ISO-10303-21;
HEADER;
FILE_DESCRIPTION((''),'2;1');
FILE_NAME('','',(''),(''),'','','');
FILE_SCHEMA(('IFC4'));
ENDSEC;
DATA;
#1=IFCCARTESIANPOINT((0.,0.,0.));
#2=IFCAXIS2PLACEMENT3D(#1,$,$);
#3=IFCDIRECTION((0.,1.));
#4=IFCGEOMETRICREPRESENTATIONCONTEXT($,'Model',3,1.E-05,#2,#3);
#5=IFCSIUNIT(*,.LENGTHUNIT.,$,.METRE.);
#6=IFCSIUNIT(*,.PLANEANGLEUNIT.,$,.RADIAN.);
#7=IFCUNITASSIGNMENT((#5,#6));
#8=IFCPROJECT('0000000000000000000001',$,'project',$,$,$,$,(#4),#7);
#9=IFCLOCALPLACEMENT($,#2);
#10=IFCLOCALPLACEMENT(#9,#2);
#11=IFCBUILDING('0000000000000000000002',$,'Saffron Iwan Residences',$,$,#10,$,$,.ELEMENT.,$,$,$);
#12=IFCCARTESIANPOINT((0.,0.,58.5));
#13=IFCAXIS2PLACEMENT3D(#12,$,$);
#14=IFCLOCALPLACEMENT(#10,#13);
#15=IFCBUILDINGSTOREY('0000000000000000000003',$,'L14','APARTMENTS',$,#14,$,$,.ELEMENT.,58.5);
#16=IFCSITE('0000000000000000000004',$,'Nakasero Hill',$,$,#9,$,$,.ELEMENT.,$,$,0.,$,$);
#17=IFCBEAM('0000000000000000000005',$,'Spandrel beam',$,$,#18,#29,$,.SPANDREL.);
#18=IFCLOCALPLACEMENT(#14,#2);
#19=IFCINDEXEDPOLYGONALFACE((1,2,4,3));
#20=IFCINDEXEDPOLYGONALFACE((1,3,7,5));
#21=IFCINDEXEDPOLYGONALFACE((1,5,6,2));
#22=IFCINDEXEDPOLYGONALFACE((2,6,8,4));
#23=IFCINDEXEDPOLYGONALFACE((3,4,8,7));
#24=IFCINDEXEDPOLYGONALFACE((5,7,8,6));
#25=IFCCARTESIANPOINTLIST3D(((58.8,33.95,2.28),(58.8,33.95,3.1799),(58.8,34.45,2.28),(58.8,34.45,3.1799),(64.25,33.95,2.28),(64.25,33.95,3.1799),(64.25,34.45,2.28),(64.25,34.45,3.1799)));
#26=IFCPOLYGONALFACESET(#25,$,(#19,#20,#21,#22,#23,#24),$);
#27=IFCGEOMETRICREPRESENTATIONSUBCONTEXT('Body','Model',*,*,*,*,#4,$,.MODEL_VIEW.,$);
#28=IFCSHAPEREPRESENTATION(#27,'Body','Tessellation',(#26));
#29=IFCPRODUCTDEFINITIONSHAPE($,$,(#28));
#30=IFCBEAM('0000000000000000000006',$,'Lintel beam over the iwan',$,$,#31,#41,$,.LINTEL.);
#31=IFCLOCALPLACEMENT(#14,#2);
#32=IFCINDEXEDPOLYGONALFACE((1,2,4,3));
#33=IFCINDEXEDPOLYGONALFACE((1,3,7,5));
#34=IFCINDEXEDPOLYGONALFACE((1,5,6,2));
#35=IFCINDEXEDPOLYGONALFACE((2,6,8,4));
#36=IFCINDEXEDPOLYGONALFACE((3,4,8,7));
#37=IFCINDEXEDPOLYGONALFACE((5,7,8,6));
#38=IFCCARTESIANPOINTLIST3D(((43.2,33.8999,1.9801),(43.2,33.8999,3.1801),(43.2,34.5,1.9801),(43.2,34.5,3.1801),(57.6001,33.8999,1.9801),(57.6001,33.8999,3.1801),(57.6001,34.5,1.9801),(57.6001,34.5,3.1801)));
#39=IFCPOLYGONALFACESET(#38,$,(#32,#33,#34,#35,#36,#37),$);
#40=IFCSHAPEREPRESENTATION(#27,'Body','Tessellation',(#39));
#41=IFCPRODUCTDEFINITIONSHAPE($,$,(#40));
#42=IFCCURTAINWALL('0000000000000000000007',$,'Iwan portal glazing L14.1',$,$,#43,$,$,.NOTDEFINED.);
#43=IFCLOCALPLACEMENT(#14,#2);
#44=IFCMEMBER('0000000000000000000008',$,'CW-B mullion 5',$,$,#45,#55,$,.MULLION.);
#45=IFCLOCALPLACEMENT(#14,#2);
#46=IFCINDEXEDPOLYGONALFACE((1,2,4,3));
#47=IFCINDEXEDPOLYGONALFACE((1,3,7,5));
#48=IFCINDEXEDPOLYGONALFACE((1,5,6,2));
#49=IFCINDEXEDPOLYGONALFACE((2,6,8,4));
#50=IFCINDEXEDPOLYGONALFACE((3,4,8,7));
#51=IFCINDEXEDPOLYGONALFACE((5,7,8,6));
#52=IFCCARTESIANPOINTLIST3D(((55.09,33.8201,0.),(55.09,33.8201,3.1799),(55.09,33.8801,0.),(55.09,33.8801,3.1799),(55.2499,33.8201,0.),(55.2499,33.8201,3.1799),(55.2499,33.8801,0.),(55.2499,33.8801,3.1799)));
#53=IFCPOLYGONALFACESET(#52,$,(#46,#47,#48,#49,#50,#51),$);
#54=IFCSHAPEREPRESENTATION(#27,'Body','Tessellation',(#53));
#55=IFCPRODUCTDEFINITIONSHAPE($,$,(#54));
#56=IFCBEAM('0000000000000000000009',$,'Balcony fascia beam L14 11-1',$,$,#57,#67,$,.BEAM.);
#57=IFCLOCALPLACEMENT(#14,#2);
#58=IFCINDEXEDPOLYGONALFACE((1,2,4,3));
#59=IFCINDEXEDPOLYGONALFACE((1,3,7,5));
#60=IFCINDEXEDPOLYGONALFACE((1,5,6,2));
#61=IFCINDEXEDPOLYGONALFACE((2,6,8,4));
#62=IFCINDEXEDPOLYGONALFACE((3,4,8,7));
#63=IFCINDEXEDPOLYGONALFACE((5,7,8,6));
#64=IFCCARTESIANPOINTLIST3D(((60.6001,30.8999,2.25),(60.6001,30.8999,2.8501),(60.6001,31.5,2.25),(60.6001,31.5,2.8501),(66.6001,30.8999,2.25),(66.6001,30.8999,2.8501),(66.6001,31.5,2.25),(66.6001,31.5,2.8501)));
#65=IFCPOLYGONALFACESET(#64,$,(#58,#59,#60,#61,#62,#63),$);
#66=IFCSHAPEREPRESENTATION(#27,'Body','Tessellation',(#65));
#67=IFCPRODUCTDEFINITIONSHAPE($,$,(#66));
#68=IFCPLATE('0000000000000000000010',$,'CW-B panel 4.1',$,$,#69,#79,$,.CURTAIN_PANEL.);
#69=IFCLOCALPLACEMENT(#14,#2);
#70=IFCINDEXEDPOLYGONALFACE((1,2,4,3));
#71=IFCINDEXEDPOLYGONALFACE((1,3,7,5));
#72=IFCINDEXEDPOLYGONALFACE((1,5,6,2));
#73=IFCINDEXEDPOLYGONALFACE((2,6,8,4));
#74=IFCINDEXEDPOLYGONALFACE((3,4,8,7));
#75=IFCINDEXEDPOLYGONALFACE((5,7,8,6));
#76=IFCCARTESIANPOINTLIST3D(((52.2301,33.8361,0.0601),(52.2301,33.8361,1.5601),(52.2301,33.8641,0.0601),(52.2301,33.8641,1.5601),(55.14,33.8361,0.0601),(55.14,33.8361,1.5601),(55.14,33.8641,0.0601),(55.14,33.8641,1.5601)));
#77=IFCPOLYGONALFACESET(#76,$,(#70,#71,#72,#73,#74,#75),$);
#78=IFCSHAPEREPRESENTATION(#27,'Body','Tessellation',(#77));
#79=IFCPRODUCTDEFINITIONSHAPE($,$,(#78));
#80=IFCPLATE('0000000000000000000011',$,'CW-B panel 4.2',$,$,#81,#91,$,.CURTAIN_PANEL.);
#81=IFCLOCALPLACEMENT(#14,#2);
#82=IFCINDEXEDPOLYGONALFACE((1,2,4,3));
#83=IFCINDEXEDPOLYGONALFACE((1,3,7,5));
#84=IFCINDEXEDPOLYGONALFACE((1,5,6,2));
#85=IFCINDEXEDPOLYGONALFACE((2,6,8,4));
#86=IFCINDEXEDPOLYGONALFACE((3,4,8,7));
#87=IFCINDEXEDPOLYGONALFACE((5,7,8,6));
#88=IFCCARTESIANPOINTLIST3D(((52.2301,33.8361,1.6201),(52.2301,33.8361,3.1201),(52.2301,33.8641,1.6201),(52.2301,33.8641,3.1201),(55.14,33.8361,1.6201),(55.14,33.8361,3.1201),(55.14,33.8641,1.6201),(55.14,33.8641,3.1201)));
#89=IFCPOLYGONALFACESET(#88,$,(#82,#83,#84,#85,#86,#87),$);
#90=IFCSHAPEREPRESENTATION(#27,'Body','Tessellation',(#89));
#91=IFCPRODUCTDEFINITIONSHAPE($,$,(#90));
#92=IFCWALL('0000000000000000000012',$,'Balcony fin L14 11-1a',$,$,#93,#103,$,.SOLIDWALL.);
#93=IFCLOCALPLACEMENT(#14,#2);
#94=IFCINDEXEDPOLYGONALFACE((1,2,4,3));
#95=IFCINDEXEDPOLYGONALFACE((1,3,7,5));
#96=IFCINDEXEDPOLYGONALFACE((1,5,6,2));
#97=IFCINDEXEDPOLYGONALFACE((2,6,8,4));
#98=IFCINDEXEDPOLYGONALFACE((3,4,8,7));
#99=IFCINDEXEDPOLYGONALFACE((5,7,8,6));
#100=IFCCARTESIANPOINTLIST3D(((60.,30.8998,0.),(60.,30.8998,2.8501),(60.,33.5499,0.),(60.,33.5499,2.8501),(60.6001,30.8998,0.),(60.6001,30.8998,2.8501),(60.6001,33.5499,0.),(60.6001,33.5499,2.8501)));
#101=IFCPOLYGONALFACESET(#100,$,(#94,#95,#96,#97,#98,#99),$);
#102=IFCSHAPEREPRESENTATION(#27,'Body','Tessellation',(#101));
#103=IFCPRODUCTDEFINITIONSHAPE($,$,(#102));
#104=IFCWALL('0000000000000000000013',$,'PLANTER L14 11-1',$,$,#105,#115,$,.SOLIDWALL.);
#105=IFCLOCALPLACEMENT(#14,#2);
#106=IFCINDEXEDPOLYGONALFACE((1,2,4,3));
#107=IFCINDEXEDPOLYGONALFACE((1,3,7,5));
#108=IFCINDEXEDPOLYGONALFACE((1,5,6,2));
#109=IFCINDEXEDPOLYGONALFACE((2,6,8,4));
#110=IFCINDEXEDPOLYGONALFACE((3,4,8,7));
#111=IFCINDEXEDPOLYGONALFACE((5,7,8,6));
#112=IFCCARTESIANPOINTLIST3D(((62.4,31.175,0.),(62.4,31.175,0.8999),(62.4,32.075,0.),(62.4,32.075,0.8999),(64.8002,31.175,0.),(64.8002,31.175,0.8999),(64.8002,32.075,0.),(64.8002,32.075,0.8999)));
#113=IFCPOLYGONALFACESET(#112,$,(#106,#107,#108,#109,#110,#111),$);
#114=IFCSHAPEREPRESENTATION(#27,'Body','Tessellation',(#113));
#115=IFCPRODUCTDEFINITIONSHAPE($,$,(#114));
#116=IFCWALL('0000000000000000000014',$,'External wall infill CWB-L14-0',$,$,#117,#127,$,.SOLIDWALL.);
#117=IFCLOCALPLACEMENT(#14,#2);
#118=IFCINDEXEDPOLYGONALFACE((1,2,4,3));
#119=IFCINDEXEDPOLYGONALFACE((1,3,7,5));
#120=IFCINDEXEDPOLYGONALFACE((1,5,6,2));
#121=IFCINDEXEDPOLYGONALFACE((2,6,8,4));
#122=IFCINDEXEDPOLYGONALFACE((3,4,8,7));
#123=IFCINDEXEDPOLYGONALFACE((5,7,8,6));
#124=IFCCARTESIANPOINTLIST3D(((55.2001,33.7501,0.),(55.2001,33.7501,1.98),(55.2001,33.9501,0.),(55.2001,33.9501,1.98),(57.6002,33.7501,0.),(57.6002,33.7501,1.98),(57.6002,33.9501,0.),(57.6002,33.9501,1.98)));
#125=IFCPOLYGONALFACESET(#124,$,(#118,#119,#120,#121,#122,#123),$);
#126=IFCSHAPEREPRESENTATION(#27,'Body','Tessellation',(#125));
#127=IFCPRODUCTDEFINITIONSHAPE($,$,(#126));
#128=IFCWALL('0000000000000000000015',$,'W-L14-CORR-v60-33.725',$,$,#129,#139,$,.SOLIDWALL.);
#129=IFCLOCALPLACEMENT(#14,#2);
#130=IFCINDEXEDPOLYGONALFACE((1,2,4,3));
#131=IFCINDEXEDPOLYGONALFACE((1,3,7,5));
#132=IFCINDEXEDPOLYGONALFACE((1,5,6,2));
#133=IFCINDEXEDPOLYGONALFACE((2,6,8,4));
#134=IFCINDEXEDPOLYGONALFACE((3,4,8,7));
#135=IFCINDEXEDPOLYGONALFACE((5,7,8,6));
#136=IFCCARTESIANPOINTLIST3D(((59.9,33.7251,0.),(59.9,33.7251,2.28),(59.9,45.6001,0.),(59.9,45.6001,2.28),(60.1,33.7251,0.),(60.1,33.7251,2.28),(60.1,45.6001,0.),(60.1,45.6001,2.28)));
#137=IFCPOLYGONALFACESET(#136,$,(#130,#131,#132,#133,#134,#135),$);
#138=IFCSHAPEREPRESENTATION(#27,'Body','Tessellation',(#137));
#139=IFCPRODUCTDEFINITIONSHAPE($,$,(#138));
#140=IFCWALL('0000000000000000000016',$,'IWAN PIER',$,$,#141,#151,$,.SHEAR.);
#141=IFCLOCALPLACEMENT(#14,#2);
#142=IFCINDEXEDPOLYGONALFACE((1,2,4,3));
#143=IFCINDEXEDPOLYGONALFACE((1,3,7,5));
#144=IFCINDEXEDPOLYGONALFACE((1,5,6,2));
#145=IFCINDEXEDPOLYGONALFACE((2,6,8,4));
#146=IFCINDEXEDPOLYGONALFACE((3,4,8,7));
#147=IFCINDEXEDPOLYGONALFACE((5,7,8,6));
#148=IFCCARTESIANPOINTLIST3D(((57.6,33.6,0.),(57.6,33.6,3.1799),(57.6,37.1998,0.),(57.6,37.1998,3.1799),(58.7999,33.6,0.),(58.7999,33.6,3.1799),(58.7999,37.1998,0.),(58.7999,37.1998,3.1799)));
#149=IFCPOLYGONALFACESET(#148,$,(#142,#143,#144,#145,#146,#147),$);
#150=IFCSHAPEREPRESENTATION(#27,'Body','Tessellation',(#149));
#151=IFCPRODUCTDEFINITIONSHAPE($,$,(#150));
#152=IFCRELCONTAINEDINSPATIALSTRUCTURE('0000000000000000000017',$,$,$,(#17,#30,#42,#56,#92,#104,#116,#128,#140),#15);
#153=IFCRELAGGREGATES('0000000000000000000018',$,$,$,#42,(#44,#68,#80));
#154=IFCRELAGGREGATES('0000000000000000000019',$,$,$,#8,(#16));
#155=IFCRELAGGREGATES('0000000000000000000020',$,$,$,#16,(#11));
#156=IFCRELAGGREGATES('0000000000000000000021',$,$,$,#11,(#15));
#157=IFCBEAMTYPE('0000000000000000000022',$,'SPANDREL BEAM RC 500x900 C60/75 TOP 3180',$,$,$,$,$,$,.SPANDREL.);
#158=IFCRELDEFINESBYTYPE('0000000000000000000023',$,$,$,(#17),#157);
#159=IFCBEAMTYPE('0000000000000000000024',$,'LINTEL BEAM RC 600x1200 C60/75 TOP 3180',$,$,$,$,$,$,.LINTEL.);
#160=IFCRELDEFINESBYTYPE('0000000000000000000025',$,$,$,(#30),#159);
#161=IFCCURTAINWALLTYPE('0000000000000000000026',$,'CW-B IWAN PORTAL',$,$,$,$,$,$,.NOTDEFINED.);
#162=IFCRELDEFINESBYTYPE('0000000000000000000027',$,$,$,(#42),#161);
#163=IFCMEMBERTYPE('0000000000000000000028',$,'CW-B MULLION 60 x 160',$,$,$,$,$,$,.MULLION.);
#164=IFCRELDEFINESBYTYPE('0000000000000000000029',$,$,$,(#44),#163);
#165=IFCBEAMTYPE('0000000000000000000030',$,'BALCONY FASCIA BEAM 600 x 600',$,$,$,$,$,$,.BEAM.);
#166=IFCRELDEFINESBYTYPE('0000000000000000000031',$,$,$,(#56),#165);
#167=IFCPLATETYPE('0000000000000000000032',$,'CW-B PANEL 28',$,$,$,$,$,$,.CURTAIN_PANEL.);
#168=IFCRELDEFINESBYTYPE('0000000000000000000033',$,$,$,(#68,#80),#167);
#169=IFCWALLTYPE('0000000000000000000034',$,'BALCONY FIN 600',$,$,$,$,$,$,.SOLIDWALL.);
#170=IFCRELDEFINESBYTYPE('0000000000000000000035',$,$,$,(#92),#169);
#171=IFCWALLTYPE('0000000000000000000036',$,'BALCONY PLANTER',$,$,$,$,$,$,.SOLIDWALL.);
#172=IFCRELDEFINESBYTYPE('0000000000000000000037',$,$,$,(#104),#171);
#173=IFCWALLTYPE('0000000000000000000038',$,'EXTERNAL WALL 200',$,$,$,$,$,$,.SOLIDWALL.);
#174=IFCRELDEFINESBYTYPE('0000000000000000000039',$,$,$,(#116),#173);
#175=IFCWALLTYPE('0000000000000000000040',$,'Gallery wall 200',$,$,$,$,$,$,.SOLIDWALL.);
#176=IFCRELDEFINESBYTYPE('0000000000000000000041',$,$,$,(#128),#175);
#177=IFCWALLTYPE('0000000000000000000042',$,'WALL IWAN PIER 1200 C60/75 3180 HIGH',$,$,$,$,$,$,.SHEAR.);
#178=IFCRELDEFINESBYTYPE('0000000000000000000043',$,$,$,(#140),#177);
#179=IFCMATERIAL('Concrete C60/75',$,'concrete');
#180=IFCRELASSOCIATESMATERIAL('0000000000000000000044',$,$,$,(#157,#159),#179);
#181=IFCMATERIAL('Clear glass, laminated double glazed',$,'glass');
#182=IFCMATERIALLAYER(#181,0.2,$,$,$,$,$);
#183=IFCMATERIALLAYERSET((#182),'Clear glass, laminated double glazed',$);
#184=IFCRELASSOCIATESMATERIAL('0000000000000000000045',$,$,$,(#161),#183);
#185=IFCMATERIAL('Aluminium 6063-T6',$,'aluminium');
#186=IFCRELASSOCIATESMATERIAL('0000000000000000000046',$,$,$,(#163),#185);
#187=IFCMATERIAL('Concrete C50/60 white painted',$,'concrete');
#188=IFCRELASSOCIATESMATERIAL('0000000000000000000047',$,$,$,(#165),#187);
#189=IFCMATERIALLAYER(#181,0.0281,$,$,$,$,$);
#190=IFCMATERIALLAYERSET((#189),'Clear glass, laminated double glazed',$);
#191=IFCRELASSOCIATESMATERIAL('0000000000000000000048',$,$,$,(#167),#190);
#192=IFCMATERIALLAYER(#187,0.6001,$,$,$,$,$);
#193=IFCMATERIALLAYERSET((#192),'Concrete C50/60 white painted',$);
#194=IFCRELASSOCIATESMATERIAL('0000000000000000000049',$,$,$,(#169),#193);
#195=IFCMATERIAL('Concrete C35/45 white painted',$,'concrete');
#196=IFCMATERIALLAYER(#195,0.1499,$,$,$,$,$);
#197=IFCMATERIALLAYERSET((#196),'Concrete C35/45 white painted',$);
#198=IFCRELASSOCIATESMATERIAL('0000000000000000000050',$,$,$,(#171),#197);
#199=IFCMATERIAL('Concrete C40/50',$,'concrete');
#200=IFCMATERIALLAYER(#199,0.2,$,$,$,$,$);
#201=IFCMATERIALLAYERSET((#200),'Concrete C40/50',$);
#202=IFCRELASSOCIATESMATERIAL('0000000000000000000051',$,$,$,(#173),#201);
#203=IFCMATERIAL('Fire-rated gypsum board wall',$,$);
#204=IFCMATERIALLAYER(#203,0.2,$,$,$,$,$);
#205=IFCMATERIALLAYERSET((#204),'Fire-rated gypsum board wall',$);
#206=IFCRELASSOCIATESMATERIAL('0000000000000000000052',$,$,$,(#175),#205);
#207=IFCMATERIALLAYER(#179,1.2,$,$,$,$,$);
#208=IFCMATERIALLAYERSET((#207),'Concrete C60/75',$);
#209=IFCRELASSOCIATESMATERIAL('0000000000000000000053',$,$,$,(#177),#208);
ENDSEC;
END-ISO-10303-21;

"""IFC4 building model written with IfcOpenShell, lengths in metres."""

from ifc_helpers import new_model, si_unit, direction, frame, frame_2d, origin, origin_2d, place, context, subcontext, project, spatial, rectangle, extrude, source, transform, mapped, material, layer, layer_set, material_profile, profile_set, type_object, element, aggregate, save


model = new_model("IFC4")

# Units and contexts
model_context = context("Model", 3, precision=1e-05, world=origin(), true_north=direction((0.0, 1.0)))
body_context = subcontext(model_context, "Body", "Model", "MODEL_VIEW")
ifc_project = project(units=[si_unit("LENGTHUNIT", "METRE"), si_unit("PLANEANGLEUNIT", "RADIAN")], contexts=[model_context])

# Site, building, storey
site_placement = place(None, origin())
site = spatial("IfcSite", under=ifc_project, at=site_placement, Name="Nakasero Hill", CompositionType="ELEMENT", RefElevation=0.0)
building_placement = place(site_placement, origin())
building = spatial("IfcBuilding", under=site, at=building_placement, Name="Saffron Iwan Residences", CompositionType="ELEMENT")
storey_placement = place(building_placement, frame((0.0, 0.0, 58.5)))
storey = spatial("IfcBuildingStorey", under=building, at=storey_placement, Name="L14", Description="APARTMENTS", CompositionType="ELEMENT", Elevation=58.5)

# Beams
ifc_material_1 = material(Name="Concrete C60/75", Category="concrete")
ifc_material_profile_1 = material_profile(ifc_material_1, rectangle(XDim=0.5, YDim=0.8999, at=origin_2d()), Name="RC 500x900")
ifc_profile_set_1 = profile_set([ifc_material_profile_1], Name="Concrete C60/75")
beam_type_1 = type_object("IfcBeamType", Name="SPANDREL BEAM RC 500x900 C60/75 TOP 3180", PredefinedType="SPANDREL", material=ifc_profile_set_1)
shared_shape_1 = source(origin(), body_context, "Body", "SweptSolid", [
    extrude(rectangle(XDim=0.5, YDim=0.8999, at=origin_2d()), origin(), (0.0, 0.0, 1.0), 5.45),
])
beam_1_placement = place(storey_placement, frame((64.25, 34.2, 2.73), z_axis=(-1.0, 0.0, 0.0), x_axis=(0.0, -1.0, 0.0)))
element("IfcBeam", 1, at=beam_1_placement, inside=storey, type_object=beam_type_1, Name="Spandrel beam", PredefinedType="SPANDREL", context=body_context, shape_type="MappedRepresentation", body=[
    mapped(shared_shape_1, transform((0.0, 0.0, 0.0))),
])
ifc_material_profile_2 = material_profile(ifc_material_1, rectangle(XDim=0.6001, YDim=1.2, at=origin_2d()), Name="RC 600x1200")
ifc_profile_set_2 = profile_set([ifc_material_profile_2], Name="Concrete C60/75")
beam_type_2 = type_object("IfcBeamType", Name="LINTEL BEAM RC 600x1200 C60/75 TOP 3180", PredefinedType="LINTEL", material=ifc_profile_set_2)
shared_shape_2 = source(origin(), body_context, "Body", "SweptSolid", [
    extrude(rectangle(XDim=0.6001, YDim=1.2, at=origin_2d()), origin(), (0.0, 0.0, 1.0), 14.4001),
])
beam_2_placement = place(storey_placement, frame((57.6001, 34.2, 2.5801), z_axis=(-1.0, 0.0, 0.0), x_axis=(0.0, -1.0, 0.0)))
element("IfcBeam", 2, at=beam_2_placement, inside=storey, type_object=beam_type_2, Name="Lintel beam over the iwan", PredefinedType="LINTEL", context=body_context, shape_type="MappedRepresentation", body=[
    mapped(shared_shape_2, transform((0.0, 0.0, 0.0))),
])

# Curtain wall, member
ifc_material_2 = material(Name="Clear glass, laminated double glazed", Category="glass")
ifc_layer_1 = layer(ifc_material_2, 0.2)
ifc_layer_set_1 = layer_set([ifc_layer_1], Name="Clear glass, laminated double glazed")
curtain_wall_type = type_object("IfcCurtainWallType", Name="CW-B IWAN PORTAL", PredefinedType="NOTDEFINED", material=ifc_layer_set_1)
curtain_wall_placement = place(storey_placement, origin())
curtain_wall = element("IfcCurtainWall", 3, at=curtain_wall_placement, inside=storey, type_object=curtain_wall_type, Name="Iwan portal glazing L14.1", PredefinedType="NOTDEFINED")
ifc_material_3 = material(Name="Aluminium 6063-T6", Category="aluminium")
ifc_material_profile_3 = material_profile(ifc_material_3, rectangle(XDim=0.0601, YDim=0.1599, at=origin_2d()), Name="CW-B MULLION 60 x 160")
ifc_profile_set_3 = profile_set([ifc_material_profile_3], Name="Aluminium 6063-T6")
member_type = type_object("IfcMemberType", Name="CW-B MULLION 60 x 160", PredefinedType="MULLION", material=ifc_profile_set_3)
shared_shape_3 = source(origin(), body_context, "Body", "SweptSolid", [
    extrude(rectangle(XDim=0.0601, YDim=0.1599, at=origin_2d()), origin(), (0.0, 0.0, 1.0), 3.1799),
])
member_placement = place(storey_placement, frame((55.1699, 33.8501, 0.0), z_axis=(0.0, 0.0, 1.0), x_axis=(0.0, 1.0, 0.0)))
member = element("IfcMember", 4, at=member_placement, type_object=member_type, Name="CW-B mullion 5", PredefinedType="MULLION", context=body_context, shape_type="MappedRepresentation", body=[
    mapped(shared_shape_3, transform((0.0, 0.0, 0.0))),
])

# Beam
ifc_material_4 = material(Name="Concrete C50/60 white painted", Category="concrete")
ifc_material_profile_4 = material_profile(ifc_material_4, rectangle(XDim=0.6001, YDim=0.6001, at=origin_2d()), Name="BALCONY FASCIA BEAM 600 x 600")
ifc_profile_set_4 = profile_set([ifc_material_profile_4], Name="Concrete C50/60 white painted")
beam_type_3 = type_object("IfcBeamType", Name="BALCONY FASCIA BEAM 600 x 600", PredefinedType="BEAM", material=ifc_profile_set_4)
shared_shape_4 = source(origin(), body_context, "Body", "SweptSolid", [
    extrude(rectangle(XDim=0.6001, YDim=0.6001, at=origin_2d()), origin(), (0.0, 0.0, 1.0), 6.0),
])
beam_3_placement = place(storey_placement, frame((60.6001, 31.2, 2.55), z_axis=(1.0, 0.0, 0.0), x_axis=(0.0, 1.0, 0.0)))
element("IfcBeam", 5, at=beam_3_placement, inside=storey, type_object=beam_type_3, Name="Balcony fascia beam L14 11-1", PredefinedType="BEAM", context=body_context, shape_type="MappedRepresentation", body=[
    mapped(shared_shape_4, transform((0.0, 0.0, 0.0))),
])

# Plates
ifc_layer_2 = layer(ifc_material_2, 0.0281)
ifc_layer_set_2 = layer_set([ifc_layer_2], Name="Clear glass, laminated double glazed")
plate_type = type_object("IfcPlateType", Name="CW-B PANEL 28", PredefinedType="CURTAIN_PANEL", material=ifc_layer_set_2)
shared_shape_5 = source(origin(), body_context, "Body", "SweptSolid", [
    extrude(rectangle(XDim=2.9099, YDim=0.0281, at=origin_2d()), origin(), (0.0, 0.0, 1.0), 1.5),
])
plate_1_placement = place(storey_placement, frame((53.6851, 33.8501, 0.0601), z_axis=(0.0, 0.0, 1.0), x_axis=(1.0, 0.0, 0.0)))
plate_1 = element("IfcPlate", 6, at=plate_1_placement, type_object=plate_type, Name="CW-B panel 4.1", PredefinedType="CURTAIN_PANEL", context=body_context, shape_type="MappedRepresentation", body=[
    mapped(shared_shape_5, transform((0.0, 0.0, 0.0))),
])
plate_2_placement = place(storey_placement, frame((53.6851, 33.8501, 1.6201), z_axis=(0.0, 0.0, 1.0), x_axis=(1.0, 0.0, 0.0)))
plate_2 = element("IfcPlate", 7, at=plate_2_placement, type_object=plate_type, Name="CW-B panel 4.2", PredefinedType="CURTAIN_PANEL", context=body_context, shape_type="MappedRepresentation", body=[
    mapped(shared_shape_5, transform((0.0, 0.0, 0.0))),
])
aggregate(curtain_wall, [member, plate_1, plate_2])

# Walls
ifc_layer_3 = layer(ifc_material_4, 0.6001)
ifc_layer_set_3 = layer_set([ifc_layer_3], Name="Concrete C50/60 white painted")
wall_type_1 = type_object("IfcWallType", Name="BALCONY FIN 600", PredefinedType="SOLIDWALL", material=ifc_layer_set_3)
wall_1_placement = place(storey_placement, frame((60.3, 33.55, 0.0), z_axis=(0.0, 0.0, 1.0), x_axis=(0.0, -1.0, 0.0)))
element("IfcWall", 8, at=wall_1_placement, inside=storey, type_object=wall_type_1, Name="Balcony fin L14 11-1a", PredefinedType="SOLIDWALL", context=body_context, shape_type="SweptSolid", body=[
    extrude(rectangle(XDim=2.6501, YDim=0.6001, at=frame_2d((1.3252, 0.0))), origin(), (0.0, 0.0, 1.0), 2.8501),
])
ifc_material_5 = material(Name="Concrete C35/45 white painted", Category="concrete")
ifc_layer_4 = layer(ifc_material_5, 0.1499)
ifc_layer_set_4 = layer_set([ifc_layer_4], Name="Concrete C35/45 white painted")
wall_type_2 = type_object("IfcWallType", Name="BALCONY PLANTER", PredefinedType="SOLIDWALL", material=ifc_layer_set_4)
wall_2_placement = place(storey_placement, frame((62.3999, 31.625, 0.0), z_axis=(0.0, 0.0, 1.0), x_axis=(1.0, 0.0, 0.0)))
element("IfcWall", 9, at=wall_2_placement, inside=storey, type_object=wall_type_2, Name="PLANTER L14 11-1", PredefinedType="SOLIDWALL", context=body_context, shape_type="SweptSolid", body=[
    extrude(rectangle(XDim=2.4001, YDim=0.8999, at=frame_2d((1.2002, 0.0))), origin(), (0.0, 0.0, 1.0), 0.8999),
])

# Shared definitions
ifc_material_6 = material(Name="Concrete C40/50", Category="concrete")
ifc_layer_5 = layer(ifc_material_6, 0.2)
ifc_layer_set_5 = layer_set([ifc_layer_5], Name="Concrete C40/50")
wall_type_3 = type_object("IfcWallType", Name="EXTERNAL WALL 200", PredefinedType="SOLIDWALL", material=ifc_layer_set_5)

# Walls
wall_3_placement = place(storey_placement, frame((55.2, 33.8501, 0.0), z_axis=(0.0, 0.0, 1.0), x_axis=(1.0, 0.0, 0.0)))
element("IfcWall", 10, at=wall_3_placement, inside=storey, type_object=wall_type_3, Name="External wall infill CWB-L14-0", PredefinedType="SOLIDWALL", context=body_context, shape_type="SweptSolid", body=[
    extrude(rectangle(XDim=2.4001, YDim=0.2, at=frame_2d((1.2002, 0.0))), origin(), (0.0, 0.0, 1.0), 1.98),
])
ifc_material_7 = material(Name="Fire-rated gypsum board wall")
ifc_layer_6 = layer(ifc_material_7, 0.2)
ifc_layer_set_6 = layer_set([ifc_layer_6], Name="Fire-rated gypsum board wall")
wall_type_4 = type_object("IfcWallType", Name="Gallery wall 200", PredefinedType="SOLIDWALL", material=ifc_layer_set_6)
wall_4_placement = place(storey_placement, frame((60.0, 33.7251, 0.0), z_axis=(0.0, 0.0, 1.0), x_axis=(0.0, 1.0, 0.0)))
element("IfcWall", 11, at=wall_4_placement, inside=storey, type_object=wall_type_4, Name="W-L14-CORR-v60-33.725", PredefinedType="SOLIDWALL", context=body_context, shape_type="SweptSolid", body=[
    extrude(rectangle(XDim=11.875, YDim=0.2, at=frame_2d((5.9375, 0.0))), origin(), (0.0, 0.0, 1.0), 2.28),
])
ifc_layer_7 = layer(ifc_material_1, 1.2)
ifc_layer_set_7 = layer_set([ifc_layer_7], Name="Concrete C60/75")
wall_type_5 = type_object("IfcWallType", Name="WALL IWAN PIER 1200 C60/75 3180 HIGH", PredefinedType="SHEAR", material=ifc_layer_set_7)
wall_5_placement = place(storey_placement, frame((58.2, 33.6001, 0.0), z_axis=(0.0, 0.0, 1.0), x_axis=(0.0, 1.0, 0.0)))
element("IfcWall", 12, at=wall_5_placement, inside=storey, type_object=wall_type_5, Name="IWAN PIER", PredefinedType="SHEAR", context=body_context, shape_type="SweptSolid", body=[
    extrude(rectangle(XDim=3.5999, YDim=1.2, at=frame_2d((1.7998, 0.0))), origin(), (0.0, 0.0, 1.0), 3.1799),
])

save(model, "model.ifc")
